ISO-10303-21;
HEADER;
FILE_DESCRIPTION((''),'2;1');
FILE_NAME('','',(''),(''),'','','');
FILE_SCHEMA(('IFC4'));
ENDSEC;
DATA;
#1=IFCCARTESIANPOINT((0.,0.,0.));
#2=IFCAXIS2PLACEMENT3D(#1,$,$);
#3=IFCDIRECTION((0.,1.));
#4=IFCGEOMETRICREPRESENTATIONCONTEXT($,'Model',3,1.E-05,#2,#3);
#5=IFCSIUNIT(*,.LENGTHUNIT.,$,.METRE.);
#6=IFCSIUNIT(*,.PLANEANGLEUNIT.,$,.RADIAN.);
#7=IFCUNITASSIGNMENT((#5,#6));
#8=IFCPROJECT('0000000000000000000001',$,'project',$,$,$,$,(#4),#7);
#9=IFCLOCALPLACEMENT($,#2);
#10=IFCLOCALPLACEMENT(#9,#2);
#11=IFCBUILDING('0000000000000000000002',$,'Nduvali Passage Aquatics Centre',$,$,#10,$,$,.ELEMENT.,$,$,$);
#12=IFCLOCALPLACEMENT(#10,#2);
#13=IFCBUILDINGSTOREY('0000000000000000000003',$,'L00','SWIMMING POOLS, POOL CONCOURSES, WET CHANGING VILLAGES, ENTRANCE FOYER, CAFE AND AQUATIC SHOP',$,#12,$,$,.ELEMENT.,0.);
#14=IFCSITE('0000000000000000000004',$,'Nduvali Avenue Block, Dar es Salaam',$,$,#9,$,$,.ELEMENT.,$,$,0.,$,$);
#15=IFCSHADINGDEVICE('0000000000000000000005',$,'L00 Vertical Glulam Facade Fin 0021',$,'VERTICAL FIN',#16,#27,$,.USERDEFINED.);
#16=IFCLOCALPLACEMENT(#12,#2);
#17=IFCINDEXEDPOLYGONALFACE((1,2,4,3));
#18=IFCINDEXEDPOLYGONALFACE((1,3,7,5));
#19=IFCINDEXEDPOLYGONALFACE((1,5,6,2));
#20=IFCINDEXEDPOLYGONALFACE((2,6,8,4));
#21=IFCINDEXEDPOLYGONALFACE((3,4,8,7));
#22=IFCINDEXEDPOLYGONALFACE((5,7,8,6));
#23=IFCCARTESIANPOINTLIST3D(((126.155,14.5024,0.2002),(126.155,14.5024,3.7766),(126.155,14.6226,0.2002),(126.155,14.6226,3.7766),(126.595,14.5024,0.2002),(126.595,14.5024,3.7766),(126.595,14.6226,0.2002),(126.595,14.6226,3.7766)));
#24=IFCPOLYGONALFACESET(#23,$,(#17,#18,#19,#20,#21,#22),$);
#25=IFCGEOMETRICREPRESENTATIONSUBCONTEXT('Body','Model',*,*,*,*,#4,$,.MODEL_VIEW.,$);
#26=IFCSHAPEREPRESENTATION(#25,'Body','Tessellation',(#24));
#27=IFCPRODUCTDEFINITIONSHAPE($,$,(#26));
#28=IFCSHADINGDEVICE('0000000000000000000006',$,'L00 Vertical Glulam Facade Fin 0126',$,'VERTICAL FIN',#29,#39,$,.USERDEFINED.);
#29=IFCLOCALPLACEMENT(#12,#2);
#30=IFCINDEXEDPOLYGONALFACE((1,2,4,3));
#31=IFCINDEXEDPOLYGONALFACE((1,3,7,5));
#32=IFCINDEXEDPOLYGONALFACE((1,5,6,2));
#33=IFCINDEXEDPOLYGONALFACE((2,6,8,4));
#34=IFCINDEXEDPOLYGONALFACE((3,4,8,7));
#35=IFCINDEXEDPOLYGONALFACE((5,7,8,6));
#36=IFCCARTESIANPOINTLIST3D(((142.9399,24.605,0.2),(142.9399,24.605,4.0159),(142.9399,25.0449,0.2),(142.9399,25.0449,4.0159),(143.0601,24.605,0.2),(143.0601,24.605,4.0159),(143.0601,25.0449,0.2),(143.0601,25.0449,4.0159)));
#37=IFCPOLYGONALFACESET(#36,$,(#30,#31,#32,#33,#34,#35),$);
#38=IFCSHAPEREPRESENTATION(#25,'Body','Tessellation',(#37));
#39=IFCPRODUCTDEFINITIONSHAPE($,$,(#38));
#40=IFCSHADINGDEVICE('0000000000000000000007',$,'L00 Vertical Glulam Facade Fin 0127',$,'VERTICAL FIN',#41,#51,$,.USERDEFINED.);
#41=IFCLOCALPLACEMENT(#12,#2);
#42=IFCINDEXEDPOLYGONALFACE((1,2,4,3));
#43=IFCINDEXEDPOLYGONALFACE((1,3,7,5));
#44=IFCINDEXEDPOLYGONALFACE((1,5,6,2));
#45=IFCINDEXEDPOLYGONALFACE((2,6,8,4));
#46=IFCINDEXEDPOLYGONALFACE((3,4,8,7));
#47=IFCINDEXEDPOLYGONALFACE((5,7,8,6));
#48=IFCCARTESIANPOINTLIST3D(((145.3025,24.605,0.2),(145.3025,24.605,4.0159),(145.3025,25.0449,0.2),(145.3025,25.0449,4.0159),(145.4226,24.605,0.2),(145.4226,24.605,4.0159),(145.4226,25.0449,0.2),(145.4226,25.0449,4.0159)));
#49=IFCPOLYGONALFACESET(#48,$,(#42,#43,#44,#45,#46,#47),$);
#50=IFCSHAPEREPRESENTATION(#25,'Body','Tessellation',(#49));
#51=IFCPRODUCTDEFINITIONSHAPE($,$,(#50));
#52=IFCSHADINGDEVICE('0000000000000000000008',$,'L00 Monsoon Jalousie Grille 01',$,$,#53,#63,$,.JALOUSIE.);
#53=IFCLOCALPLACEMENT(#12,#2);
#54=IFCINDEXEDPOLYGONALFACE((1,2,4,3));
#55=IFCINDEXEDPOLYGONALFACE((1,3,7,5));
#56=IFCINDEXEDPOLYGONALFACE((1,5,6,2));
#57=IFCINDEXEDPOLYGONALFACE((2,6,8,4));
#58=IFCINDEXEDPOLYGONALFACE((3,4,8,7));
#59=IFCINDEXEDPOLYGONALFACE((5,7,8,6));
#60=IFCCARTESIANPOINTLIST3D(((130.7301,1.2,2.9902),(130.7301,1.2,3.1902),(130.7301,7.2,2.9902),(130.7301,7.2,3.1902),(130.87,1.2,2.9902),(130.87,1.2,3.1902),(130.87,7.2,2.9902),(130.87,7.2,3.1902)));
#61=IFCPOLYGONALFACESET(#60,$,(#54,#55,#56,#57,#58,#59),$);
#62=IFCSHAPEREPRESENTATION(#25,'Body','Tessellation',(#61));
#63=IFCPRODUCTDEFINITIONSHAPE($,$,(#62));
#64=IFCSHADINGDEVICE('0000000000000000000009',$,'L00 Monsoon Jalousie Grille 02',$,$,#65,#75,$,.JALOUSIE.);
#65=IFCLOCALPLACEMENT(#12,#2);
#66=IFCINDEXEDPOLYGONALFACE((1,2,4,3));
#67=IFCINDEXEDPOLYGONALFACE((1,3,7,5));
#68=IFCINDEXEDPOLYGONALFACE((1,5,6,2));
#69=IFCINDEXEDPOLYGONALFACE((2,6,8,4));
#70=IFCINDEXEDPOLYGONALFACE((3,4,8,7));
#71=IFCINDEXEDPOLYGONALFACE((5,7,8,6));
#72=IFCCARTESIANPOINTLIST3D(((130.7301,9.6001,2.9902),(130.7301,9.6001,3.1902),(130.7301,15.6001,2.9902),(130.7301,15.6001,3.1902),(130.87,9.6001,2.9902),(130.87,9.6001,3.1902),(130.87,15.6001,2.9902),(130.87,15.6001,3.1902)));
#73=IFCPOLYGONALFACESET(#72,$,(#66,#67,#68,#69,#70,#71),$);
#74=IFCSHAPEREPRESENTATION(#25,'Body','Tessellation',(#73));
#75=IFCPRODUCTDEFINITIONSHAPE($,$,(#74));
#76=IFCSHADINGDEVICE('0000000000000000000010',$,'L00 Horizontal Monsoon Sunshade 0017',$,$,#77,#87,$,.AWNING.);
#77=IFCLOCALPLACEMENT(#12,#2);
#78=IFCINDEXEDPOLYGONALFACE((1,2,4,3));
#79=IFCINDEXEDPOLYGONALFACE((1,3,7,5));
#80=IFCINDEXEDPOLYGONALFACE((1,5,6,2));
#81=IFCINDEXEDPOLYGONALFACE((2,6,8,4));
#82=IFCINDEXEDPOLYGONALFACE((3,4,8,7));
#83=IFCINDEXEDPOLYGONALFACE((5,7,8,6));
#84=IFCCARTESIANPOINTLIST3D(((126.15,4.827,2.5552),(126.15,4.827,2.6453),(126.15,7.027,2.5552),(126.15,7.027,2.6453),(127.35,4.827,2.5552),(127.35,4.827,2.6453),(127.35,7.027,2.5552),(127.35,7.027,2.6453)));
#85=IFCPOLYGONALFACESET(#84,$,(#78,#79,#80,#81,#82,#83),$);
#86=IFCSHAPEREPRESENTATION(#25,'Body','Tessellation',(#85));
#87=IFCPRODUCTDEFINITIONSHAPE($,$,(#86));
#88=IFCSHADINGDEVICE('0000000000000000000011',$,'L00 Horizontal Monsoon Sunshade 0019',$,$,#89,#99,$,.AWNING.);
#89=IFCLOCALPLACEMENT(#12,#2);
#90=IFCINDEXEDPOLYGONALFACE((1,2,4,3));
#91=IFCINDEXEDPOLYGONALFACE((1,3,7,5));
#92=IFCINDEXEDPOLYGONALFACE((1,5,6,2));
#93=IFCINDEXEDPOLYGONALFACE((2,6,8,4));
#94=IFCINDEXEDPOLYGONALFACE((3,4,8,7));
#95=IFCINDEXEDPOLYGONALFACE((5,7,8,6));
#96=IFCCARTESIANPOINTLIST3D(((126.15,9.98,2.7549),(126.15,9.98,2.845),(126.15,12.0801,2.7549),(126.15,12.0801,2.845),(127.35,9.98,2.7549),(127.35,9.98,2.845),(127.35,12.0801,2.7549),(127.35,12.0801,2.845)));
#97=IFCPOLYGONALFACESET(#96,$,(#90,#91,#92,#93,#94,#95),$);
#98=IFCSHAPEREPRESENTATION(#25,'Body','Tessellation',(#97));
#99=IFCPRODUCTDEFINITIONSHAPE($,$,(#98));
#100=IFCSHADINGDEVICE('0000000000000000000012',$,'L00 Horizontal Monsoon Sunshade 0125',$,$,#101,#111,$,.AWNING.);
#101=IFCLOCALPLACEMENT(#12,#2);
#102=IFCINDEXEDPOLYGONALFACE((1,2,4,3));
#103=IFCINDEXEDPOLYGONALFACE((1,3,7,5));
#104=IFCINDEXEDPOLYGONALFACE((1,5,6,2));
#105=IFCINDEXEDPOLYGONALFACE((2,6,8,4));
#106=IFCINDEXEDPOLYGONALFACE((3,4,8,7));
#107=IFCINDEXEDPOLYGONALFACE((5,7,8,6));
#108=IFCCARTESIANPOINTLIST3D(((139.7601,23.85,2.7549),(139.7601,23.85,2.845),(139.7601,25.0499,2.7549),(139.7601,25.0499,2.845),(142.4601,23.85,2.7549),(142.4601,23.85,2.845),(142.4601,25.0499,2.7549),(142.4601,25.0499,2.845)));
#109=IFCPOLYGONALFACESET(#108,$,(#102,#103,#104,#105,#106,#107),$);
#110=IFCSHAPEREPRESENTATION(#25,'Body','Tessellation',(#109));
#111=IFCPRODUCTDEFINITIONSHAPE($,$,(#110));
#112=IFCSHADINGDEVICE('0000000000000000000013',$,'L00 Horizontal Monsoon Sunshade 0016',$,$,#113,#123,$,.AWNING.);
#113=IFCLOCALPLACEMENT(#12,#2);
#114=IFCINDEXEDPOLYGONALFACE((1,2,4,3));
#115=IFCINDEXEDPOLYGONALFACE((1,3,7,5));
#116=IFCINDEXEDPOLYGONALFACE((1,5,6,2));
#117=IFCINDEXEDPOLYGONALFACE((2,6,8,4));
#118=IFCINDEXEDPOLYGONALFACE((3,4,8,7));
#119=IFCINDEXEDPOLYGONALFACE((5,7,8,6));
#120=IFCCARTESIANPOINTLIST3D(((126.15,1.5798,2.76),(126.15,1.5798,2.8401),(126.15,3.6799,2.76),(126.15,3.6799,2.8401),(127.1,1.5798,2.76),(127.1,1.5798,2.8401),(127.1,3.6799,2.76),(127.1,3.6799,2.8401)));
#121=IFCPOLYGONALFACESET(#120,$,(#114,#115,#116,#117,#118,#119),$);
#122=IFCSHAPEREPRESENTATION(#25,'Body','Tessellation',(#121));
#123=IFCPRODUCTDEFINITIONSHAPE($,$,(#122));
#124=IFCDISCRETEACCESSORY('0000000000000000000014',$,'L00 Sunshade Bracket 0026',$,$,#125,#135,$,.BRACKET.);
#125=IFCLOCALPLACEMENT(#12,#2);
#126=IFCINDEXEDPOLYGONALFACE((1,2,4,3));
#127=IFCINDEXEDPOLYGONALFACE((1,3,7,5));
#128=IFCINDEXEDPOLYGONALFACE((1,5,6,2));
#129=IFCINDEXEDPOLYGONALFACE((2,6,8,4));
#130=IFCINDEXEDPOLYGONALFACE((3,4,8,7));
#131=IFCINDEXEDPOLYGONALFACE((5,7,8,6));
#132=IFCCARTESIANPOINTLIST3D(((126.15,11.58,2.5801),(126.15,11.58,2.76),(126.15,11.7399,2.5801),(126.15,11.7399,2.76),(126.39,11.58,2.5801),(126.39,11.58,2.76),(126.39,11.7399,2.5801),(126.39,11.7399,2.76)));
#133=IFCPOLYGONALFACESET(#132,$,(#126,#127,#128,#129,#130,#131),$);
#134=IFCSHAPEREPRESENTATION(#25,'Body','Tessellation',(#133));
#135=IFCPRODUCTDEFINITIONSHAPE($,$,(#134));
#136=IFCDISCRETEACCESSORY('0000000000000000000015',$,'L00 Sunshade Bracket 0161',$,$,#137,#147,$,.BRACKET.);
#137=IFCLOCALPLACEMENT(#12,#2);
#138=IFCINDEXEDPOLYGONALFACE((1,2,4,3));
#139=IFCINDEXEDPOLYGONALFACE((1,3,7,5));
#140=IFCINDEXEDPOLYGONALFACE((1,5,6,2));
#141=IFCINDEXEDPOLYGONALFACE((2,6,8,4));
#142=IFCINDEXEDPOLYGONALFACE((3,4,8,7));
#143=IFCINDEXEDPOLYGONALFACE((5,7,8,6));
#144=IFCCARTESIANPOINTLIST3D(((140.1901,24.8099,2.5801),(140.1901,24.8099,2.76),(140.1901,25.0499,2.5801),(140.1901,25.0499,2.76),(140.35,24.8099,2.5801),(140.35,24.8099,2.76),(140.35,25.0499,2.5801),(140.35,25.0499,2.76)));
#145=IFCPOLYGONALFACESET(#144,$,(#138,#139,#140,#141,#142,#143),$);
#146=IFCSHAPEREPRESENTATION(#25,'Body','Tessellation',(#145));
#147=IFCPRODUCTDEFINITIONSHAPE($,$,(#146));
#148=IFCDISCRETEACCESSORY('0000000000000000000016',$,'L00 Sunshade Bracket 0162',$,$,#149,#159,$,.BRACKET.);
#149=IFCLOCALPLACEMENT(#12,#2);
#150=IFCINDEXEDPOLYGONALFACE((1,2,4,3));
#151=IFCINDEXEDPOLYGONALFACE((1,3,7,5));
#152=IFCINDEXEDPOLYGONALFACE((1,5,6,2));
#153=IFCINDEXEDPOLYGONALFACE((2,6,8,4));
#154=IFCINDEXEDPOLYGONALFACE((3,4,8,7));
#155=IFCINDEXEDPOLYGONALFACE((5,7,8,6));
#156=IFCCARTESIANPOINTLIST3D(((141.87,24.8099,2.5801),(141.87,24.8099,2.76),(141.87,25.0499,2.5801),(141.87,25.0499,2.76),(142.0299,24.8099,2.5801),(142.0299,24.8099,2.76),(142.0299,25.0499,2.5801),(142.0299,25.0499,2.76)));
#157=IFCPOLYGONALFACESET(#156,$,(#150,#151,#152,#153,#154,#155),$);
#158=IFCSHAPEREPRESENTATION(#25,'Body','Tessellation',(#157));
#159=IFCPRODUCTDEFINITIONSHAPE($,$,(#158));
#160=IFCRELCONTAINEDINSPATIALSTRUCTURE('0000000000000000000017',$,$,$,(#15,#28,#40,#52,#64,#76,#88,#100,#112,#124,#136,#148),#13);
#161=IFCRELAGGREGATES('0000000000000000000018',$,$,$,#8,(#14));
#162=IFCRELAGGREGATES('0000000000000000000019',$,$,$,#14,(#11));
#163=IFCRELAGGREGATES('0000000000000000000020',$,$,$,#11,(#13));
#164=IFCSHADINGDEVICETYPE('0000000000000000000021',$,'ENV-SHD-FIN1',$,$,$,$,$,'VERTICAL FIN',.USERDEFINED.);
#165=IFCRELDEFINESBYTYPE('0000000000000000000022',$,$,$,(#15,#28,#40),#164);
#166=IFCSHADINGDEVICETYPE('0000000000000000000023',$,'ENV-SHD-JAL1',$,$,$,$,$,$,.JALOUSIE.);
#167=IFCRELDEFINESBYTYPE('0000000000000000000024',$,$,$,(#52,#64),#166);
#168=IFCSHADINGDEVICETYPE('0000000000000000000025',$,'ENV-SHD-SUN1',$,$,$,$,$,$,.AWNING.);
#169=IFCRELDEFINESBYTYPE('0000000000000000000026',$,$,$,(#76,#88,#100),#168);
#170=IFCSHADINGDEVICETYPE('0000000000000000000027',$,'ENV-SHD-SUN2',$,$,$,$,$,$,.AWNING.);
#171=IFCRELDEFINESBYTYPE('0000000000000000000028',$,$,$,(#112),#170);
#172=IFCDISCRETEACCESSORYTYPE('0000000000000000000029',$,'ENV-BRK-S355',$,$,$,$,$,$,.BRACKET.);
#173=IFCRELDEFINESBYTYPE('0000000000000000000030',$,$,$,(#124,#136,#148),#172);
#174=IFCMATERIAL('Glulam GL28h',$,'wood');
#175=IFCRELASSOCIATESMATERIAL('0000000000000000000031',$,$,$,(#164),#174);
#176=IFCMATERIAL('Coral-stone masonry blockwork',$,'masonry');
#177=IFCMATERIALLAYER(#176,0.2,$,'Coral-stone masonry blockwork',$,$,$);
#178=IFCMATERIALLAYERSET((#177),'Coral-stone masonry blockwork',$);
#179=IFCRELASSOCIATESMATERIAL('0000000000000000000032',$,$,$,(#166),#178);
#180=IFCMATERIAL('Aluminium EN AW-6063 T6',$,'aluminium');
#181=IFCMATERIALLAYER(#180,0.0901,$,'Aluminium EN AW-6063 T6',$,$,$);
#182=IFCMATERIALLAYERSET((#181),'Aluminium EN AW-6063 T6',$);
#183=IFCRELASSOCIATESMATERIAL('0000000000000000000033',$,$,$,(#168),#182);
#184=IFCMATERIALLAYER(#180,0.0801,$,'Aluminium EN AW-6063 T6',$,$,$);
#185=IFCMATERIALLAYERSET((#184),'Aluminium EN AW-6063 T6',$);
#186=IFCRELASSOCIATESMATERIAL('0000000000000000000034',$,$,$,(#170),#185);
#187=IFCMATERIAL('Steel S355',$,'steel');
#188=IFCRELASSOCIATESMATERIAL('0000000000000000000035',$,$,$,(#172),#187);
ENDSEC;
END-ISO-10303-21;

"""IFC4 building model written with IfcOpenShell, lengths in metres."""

from ifc_helpers import new_model, si_unit, direction, frame, origin, origin_2d, place, context, subcontext, project, spatial, rectangle, extrude, material, layer, layer_set, type_object, element, save


model = new_model("IFC4")

# Units and contexts
model_context = context("Model", 3, precision=1e-05, world=origin(), true_north=direction((0.0, 1.0)))
body_context = subcontext(model_context, "Body", "Model", "MODEL_VIEW")
ifc_project = project(units=[si_unit("LENGTHUNIT", "METRE"), si_unit("PLANEANGLEUNIT", "RADIAN")], contexts=[model_context])

# Site, building, storey
site_placement = place(None, origin())
site = spatial("IfcSite", under=ifc_project, at=site_placement, Name="Nduvali Avenue Block, Dar es Salaam", CompositionType="ELEMENT", RefElevation=0.0)
building_placement = place(site_placement, origin())
building = spatial("IfcBuilding", under=site, at=building_placement, Name="Nduvali Passage Aquatics Centre", CompositionType="ELEMENT")
storey_placement = place(building_placement, origin())
storey = spatial("IfcBuildingStorey", under=building, at=storey_placement, Name="L00", Description="SWIMMING POOLS, POOL CONCOURSES, WET CHANGING VILLAGES, ENTRANCE FOYER, CAFE AND AQUATIC SHOP", CompositionType="ELEMENT", Elevation=0.0)

# Shared definitions
ifc_material_1 = material(Name="Steel S355", Category="steel")

# Shared definitions
ifc_material_2 = material(Name="Coral-stone masonry blockwork", Category="masonry")

# Shading devices
ifc_material_3 = material(Name="Glulam GL28h", Category="wood")
shading_device_type_1 = type_object("IfcShadingDeviceType", Name="ENV-SHD-FIN1", ElementType="VERTICAL FIN", PredefinedType="USERDEFINED", material=ifc_material_3)
for number, where, z_axis, x_axis, name in (
    (1, (126.375, 14.5625, 0.2002), (0.0, 0.0, 1.0), (0.0, 1.0, 0.0), "L00 Vertical Glulam Facade Fin 0021"),
):
    element("IfcShadingDevice", number, at=place(storey_placement, frame(where, z_axis=z_axis, x_axis=x_axis)), inside=storey, type_object=shading_device_type_1, Name=name, ObjectType="VERTICAL FIN", PredefinedType="USERDEFINED", context=body_context, shape_type="SweptSolid", body=[
        extrude(rectangle(XDim=0.1201, YDim=0.4399, at=origin_2d()), origin(), (0.0, 0.0, 1.0), 3.5764),
    ])
for number, where, z_axis, x_axis, name in (
    (2, (143.0, 24.825, 0.2), (0.0, 0.0, 1.0), (1.0, 0.0, 0.0), "L00 Vertical Glulam Facade Fin 0126"),
    (3, (145.3625, 24.825, 0.2), (0.0, 0.0, 1.0), (1.0, 0.0, 0.0), "L00 Vertical Glulam Facade Fin 0127"),
):
    element("IfcShadingDevice", number, at=place(storey_placement, frame(where, z_axis=z_axis, x_axis=x_axis)), inside=storey, type_object=shading_device_type_1, Name=name, ObjectType="VERTICAL FIN", PredefinedType="USERDEFINED", context=body_context, shape_type="SweptSolid", body=[
        extrude(rectangle(XDim=0.1201, YDim=0.4399, at=origin_2d()), origin(), (0.0, 0.0, 1.0), 3.8159),
    ])
ifc_layer_1 = layer(ifc_material_2, 0.2, Name="Coral-stone masonry blockwork")
ifc_layer_set_1 = layer_set([ifc_layer_1], Name="Coral-stone masonry blockwork")
shading_device_type_2 = type_object("IfcShadingDeviceType", Name="ENV-SHD-JAL1", PredefinedType="JALOUSIE", material=ifc_layer_set_1)
for number, where, z_axis, x_axis, name in (
    (4, (130.8, 4.2, 2.9902), (0.0, 0.0, 1.0), (0.0, 1.0, 0.0), "L00 Monsoon Jalousie Grille 01"),
    (5, (130.8, 12.6001, 2.9902), (0.0, 0.0, 1.0), (0.0, 1.0, 0.0), "L00 Monsoon Jalousie Grille 02"),
):
    element("IfcShadingDevice", number, at=place(storey_placement, frame(where, z_axis=z_axis, x_axis=x_axis)), inside=storey, type_object=shading_device_type_2, Name=name, PredefinedType="JALOUSIE", context=body_context, shape_type="SweptSolid", body=[
        extrude(rectangle(XDim=6.0, YDim=0.1399, at=origin_2d()), origin(), (0.0, 0.0, 1.0), 0.2),
    ])
ifc_material_4 = material(Name="Aluminium EN AW-6063 T6", Category="aluminium")
ifc_layer_2 = layer(ifc_material_4, 0.0901, Name="Aluminium EN AW-6063 T6")
ifc_layer_set_2 = layer_set([ifc_layer_2], Name="Aluminium EN AW-6063 T6")
shading_device_type_3 = type_object("IfcShadingDeviceType", Name="ENV-SHD-SUN1", PredefinedType="AWNING", material=ifc_layer_set_2)
shading_device_1_placement = place(storey_placement, frame((126.75, 5.927, 2.5552), z_axis=(0.0, 0.0, 1.0), x_axis=(0.0, 1.0, 0.0)))
element("IfcShadingDevice", 6, at=shading_device_1_placement, inside=storey, type_object=shading_device_type_3, Name="L00 Horizontal Monsoon Sunshade 0017", PredefinedType="AWNING", context=body_context, shape_type="SweptSolid", body=[
    extrude(rectangle(XDim=2.2, YDim=1.2, at=origin_2d()), origin(), (0.0, 0.0, 1.0), 0.0901),
])
shading_device_2_placement = place(storey_placement, frame((126.75, 11.03, 2.7549), z_axis=(0.0, 0.0, 1.0), x_axis=(0.0, 1.0, 0.0)))
element("IfcShadingDevice", 7, at=shading_device_2_placement, inside=storey, type_object=shading_device_type_3, Name="L00 Horizontal Monsoon Sunshade 0019", PredefinedType="AWNING", context=body_context, shape_type="SweptSolid", body=[
    extrude(rectangle(XDim=2.1001, YDim=1.2, at=origin_2d()), origin(), (0.0, 0.0, 1.0), 0.0901),
])
shading_device_3_placement = place(storey_placement, frame((141.1101, 24.45, 2.7549), z_axis=(0.0, 0.0, 1.0), x_axis=(1.0, 0.0, 0.0)))
element("IfcShadingDevice", 8, at=shading_device_3_placement, inside=storey, type_object=shading_device_type_3, Name="L00 Horizontal Monsoon Sunshade 0125", PredefinedType="AWNING", context=body_context, shape_type="SweptSolid", body=[
    extrude(rectangle(XDim=2.7, YDim=1.2, at=origin_2d()), origin(), (0.0, 0.0, 1.0), 0.0901),
])
ifc_layer_3 = layer(ifc_material_4, 0.0801, Name="Aluminium EN AW-6063 T6")
ifc_layer_set_3 = layer_set([ifc_layer_3], Name="Aluminium EN AW-6063 T6")
shading_device_type_4 = type_object("IfcShadingDeviceType", Name="ENV-SHD-SUN2", PredefinedType="AWNING", material=ifc_layer_set_3)
shading_device_4_placement = place(storey_placement, frame((126.625, 2.6299, 2.76), z_axis=(0.0, 0.0, 1.0), x_axis=(0.0, 1.0, 0.0)))
element("IfcShadingDevice", 9, at=shading_device_4_placement, inside=storey, type_object=shading_device_type_4, Name="L00 Horizontal Monsoon Sunshade 0016", PredefinedType="AWNING", context=body_context, shape_type="SweptSolid", body=[
    extrude(rectangle(XDim=2.1001, YDim=0.95, at=origin_2d()), origin(), (0.0, 0.0, 1.0), 0.0801),
])

# Discrete accessories
discrete_accessory_type = type_object("IfcDiscreteAccessoryType", Name="ENV-BRK-S355", PredefinedType="BRACKET", material=ifc_material_1)
for number, where, z_axis, x_axis, name in (
    (10, (126.27, 11.6599, 2.5801), (0.0, 0.0, 1.0), (0.0, 1.0, 0.0), "L00 Sunshade Bracket 0026"),
    (11, (140.27, 24.9299, 2.5801), (0.0, 0.0, 1.0), (1.0, 0.0, 0.0), "L00 Sunshade Bracket 0161"),
    (12, (141.95, 24.9299, 2.5801), (0.0, 0.0, 1.0), (1.0, 0.0, 0.0), "L00 Sunshade Bracket 0162"),
):
    element("IfcDiscreteAccessory", number, at=place(storey_placement, frame(where, z_axis=z_axis, x_axis=x_axis)), inside=storey, type_object=discrete_accessory_type, Name=name, PredefinedType="BRACKET", context=body_context, shape_type="SweptSolid", body=[
        extrude(rectangle(XDim=0.1599, YDim=0.24, at=origin_2d()), origin(), (0.0, 0.0, 1.0), 0.1799),
    ])

save(model, "model.ifc")
